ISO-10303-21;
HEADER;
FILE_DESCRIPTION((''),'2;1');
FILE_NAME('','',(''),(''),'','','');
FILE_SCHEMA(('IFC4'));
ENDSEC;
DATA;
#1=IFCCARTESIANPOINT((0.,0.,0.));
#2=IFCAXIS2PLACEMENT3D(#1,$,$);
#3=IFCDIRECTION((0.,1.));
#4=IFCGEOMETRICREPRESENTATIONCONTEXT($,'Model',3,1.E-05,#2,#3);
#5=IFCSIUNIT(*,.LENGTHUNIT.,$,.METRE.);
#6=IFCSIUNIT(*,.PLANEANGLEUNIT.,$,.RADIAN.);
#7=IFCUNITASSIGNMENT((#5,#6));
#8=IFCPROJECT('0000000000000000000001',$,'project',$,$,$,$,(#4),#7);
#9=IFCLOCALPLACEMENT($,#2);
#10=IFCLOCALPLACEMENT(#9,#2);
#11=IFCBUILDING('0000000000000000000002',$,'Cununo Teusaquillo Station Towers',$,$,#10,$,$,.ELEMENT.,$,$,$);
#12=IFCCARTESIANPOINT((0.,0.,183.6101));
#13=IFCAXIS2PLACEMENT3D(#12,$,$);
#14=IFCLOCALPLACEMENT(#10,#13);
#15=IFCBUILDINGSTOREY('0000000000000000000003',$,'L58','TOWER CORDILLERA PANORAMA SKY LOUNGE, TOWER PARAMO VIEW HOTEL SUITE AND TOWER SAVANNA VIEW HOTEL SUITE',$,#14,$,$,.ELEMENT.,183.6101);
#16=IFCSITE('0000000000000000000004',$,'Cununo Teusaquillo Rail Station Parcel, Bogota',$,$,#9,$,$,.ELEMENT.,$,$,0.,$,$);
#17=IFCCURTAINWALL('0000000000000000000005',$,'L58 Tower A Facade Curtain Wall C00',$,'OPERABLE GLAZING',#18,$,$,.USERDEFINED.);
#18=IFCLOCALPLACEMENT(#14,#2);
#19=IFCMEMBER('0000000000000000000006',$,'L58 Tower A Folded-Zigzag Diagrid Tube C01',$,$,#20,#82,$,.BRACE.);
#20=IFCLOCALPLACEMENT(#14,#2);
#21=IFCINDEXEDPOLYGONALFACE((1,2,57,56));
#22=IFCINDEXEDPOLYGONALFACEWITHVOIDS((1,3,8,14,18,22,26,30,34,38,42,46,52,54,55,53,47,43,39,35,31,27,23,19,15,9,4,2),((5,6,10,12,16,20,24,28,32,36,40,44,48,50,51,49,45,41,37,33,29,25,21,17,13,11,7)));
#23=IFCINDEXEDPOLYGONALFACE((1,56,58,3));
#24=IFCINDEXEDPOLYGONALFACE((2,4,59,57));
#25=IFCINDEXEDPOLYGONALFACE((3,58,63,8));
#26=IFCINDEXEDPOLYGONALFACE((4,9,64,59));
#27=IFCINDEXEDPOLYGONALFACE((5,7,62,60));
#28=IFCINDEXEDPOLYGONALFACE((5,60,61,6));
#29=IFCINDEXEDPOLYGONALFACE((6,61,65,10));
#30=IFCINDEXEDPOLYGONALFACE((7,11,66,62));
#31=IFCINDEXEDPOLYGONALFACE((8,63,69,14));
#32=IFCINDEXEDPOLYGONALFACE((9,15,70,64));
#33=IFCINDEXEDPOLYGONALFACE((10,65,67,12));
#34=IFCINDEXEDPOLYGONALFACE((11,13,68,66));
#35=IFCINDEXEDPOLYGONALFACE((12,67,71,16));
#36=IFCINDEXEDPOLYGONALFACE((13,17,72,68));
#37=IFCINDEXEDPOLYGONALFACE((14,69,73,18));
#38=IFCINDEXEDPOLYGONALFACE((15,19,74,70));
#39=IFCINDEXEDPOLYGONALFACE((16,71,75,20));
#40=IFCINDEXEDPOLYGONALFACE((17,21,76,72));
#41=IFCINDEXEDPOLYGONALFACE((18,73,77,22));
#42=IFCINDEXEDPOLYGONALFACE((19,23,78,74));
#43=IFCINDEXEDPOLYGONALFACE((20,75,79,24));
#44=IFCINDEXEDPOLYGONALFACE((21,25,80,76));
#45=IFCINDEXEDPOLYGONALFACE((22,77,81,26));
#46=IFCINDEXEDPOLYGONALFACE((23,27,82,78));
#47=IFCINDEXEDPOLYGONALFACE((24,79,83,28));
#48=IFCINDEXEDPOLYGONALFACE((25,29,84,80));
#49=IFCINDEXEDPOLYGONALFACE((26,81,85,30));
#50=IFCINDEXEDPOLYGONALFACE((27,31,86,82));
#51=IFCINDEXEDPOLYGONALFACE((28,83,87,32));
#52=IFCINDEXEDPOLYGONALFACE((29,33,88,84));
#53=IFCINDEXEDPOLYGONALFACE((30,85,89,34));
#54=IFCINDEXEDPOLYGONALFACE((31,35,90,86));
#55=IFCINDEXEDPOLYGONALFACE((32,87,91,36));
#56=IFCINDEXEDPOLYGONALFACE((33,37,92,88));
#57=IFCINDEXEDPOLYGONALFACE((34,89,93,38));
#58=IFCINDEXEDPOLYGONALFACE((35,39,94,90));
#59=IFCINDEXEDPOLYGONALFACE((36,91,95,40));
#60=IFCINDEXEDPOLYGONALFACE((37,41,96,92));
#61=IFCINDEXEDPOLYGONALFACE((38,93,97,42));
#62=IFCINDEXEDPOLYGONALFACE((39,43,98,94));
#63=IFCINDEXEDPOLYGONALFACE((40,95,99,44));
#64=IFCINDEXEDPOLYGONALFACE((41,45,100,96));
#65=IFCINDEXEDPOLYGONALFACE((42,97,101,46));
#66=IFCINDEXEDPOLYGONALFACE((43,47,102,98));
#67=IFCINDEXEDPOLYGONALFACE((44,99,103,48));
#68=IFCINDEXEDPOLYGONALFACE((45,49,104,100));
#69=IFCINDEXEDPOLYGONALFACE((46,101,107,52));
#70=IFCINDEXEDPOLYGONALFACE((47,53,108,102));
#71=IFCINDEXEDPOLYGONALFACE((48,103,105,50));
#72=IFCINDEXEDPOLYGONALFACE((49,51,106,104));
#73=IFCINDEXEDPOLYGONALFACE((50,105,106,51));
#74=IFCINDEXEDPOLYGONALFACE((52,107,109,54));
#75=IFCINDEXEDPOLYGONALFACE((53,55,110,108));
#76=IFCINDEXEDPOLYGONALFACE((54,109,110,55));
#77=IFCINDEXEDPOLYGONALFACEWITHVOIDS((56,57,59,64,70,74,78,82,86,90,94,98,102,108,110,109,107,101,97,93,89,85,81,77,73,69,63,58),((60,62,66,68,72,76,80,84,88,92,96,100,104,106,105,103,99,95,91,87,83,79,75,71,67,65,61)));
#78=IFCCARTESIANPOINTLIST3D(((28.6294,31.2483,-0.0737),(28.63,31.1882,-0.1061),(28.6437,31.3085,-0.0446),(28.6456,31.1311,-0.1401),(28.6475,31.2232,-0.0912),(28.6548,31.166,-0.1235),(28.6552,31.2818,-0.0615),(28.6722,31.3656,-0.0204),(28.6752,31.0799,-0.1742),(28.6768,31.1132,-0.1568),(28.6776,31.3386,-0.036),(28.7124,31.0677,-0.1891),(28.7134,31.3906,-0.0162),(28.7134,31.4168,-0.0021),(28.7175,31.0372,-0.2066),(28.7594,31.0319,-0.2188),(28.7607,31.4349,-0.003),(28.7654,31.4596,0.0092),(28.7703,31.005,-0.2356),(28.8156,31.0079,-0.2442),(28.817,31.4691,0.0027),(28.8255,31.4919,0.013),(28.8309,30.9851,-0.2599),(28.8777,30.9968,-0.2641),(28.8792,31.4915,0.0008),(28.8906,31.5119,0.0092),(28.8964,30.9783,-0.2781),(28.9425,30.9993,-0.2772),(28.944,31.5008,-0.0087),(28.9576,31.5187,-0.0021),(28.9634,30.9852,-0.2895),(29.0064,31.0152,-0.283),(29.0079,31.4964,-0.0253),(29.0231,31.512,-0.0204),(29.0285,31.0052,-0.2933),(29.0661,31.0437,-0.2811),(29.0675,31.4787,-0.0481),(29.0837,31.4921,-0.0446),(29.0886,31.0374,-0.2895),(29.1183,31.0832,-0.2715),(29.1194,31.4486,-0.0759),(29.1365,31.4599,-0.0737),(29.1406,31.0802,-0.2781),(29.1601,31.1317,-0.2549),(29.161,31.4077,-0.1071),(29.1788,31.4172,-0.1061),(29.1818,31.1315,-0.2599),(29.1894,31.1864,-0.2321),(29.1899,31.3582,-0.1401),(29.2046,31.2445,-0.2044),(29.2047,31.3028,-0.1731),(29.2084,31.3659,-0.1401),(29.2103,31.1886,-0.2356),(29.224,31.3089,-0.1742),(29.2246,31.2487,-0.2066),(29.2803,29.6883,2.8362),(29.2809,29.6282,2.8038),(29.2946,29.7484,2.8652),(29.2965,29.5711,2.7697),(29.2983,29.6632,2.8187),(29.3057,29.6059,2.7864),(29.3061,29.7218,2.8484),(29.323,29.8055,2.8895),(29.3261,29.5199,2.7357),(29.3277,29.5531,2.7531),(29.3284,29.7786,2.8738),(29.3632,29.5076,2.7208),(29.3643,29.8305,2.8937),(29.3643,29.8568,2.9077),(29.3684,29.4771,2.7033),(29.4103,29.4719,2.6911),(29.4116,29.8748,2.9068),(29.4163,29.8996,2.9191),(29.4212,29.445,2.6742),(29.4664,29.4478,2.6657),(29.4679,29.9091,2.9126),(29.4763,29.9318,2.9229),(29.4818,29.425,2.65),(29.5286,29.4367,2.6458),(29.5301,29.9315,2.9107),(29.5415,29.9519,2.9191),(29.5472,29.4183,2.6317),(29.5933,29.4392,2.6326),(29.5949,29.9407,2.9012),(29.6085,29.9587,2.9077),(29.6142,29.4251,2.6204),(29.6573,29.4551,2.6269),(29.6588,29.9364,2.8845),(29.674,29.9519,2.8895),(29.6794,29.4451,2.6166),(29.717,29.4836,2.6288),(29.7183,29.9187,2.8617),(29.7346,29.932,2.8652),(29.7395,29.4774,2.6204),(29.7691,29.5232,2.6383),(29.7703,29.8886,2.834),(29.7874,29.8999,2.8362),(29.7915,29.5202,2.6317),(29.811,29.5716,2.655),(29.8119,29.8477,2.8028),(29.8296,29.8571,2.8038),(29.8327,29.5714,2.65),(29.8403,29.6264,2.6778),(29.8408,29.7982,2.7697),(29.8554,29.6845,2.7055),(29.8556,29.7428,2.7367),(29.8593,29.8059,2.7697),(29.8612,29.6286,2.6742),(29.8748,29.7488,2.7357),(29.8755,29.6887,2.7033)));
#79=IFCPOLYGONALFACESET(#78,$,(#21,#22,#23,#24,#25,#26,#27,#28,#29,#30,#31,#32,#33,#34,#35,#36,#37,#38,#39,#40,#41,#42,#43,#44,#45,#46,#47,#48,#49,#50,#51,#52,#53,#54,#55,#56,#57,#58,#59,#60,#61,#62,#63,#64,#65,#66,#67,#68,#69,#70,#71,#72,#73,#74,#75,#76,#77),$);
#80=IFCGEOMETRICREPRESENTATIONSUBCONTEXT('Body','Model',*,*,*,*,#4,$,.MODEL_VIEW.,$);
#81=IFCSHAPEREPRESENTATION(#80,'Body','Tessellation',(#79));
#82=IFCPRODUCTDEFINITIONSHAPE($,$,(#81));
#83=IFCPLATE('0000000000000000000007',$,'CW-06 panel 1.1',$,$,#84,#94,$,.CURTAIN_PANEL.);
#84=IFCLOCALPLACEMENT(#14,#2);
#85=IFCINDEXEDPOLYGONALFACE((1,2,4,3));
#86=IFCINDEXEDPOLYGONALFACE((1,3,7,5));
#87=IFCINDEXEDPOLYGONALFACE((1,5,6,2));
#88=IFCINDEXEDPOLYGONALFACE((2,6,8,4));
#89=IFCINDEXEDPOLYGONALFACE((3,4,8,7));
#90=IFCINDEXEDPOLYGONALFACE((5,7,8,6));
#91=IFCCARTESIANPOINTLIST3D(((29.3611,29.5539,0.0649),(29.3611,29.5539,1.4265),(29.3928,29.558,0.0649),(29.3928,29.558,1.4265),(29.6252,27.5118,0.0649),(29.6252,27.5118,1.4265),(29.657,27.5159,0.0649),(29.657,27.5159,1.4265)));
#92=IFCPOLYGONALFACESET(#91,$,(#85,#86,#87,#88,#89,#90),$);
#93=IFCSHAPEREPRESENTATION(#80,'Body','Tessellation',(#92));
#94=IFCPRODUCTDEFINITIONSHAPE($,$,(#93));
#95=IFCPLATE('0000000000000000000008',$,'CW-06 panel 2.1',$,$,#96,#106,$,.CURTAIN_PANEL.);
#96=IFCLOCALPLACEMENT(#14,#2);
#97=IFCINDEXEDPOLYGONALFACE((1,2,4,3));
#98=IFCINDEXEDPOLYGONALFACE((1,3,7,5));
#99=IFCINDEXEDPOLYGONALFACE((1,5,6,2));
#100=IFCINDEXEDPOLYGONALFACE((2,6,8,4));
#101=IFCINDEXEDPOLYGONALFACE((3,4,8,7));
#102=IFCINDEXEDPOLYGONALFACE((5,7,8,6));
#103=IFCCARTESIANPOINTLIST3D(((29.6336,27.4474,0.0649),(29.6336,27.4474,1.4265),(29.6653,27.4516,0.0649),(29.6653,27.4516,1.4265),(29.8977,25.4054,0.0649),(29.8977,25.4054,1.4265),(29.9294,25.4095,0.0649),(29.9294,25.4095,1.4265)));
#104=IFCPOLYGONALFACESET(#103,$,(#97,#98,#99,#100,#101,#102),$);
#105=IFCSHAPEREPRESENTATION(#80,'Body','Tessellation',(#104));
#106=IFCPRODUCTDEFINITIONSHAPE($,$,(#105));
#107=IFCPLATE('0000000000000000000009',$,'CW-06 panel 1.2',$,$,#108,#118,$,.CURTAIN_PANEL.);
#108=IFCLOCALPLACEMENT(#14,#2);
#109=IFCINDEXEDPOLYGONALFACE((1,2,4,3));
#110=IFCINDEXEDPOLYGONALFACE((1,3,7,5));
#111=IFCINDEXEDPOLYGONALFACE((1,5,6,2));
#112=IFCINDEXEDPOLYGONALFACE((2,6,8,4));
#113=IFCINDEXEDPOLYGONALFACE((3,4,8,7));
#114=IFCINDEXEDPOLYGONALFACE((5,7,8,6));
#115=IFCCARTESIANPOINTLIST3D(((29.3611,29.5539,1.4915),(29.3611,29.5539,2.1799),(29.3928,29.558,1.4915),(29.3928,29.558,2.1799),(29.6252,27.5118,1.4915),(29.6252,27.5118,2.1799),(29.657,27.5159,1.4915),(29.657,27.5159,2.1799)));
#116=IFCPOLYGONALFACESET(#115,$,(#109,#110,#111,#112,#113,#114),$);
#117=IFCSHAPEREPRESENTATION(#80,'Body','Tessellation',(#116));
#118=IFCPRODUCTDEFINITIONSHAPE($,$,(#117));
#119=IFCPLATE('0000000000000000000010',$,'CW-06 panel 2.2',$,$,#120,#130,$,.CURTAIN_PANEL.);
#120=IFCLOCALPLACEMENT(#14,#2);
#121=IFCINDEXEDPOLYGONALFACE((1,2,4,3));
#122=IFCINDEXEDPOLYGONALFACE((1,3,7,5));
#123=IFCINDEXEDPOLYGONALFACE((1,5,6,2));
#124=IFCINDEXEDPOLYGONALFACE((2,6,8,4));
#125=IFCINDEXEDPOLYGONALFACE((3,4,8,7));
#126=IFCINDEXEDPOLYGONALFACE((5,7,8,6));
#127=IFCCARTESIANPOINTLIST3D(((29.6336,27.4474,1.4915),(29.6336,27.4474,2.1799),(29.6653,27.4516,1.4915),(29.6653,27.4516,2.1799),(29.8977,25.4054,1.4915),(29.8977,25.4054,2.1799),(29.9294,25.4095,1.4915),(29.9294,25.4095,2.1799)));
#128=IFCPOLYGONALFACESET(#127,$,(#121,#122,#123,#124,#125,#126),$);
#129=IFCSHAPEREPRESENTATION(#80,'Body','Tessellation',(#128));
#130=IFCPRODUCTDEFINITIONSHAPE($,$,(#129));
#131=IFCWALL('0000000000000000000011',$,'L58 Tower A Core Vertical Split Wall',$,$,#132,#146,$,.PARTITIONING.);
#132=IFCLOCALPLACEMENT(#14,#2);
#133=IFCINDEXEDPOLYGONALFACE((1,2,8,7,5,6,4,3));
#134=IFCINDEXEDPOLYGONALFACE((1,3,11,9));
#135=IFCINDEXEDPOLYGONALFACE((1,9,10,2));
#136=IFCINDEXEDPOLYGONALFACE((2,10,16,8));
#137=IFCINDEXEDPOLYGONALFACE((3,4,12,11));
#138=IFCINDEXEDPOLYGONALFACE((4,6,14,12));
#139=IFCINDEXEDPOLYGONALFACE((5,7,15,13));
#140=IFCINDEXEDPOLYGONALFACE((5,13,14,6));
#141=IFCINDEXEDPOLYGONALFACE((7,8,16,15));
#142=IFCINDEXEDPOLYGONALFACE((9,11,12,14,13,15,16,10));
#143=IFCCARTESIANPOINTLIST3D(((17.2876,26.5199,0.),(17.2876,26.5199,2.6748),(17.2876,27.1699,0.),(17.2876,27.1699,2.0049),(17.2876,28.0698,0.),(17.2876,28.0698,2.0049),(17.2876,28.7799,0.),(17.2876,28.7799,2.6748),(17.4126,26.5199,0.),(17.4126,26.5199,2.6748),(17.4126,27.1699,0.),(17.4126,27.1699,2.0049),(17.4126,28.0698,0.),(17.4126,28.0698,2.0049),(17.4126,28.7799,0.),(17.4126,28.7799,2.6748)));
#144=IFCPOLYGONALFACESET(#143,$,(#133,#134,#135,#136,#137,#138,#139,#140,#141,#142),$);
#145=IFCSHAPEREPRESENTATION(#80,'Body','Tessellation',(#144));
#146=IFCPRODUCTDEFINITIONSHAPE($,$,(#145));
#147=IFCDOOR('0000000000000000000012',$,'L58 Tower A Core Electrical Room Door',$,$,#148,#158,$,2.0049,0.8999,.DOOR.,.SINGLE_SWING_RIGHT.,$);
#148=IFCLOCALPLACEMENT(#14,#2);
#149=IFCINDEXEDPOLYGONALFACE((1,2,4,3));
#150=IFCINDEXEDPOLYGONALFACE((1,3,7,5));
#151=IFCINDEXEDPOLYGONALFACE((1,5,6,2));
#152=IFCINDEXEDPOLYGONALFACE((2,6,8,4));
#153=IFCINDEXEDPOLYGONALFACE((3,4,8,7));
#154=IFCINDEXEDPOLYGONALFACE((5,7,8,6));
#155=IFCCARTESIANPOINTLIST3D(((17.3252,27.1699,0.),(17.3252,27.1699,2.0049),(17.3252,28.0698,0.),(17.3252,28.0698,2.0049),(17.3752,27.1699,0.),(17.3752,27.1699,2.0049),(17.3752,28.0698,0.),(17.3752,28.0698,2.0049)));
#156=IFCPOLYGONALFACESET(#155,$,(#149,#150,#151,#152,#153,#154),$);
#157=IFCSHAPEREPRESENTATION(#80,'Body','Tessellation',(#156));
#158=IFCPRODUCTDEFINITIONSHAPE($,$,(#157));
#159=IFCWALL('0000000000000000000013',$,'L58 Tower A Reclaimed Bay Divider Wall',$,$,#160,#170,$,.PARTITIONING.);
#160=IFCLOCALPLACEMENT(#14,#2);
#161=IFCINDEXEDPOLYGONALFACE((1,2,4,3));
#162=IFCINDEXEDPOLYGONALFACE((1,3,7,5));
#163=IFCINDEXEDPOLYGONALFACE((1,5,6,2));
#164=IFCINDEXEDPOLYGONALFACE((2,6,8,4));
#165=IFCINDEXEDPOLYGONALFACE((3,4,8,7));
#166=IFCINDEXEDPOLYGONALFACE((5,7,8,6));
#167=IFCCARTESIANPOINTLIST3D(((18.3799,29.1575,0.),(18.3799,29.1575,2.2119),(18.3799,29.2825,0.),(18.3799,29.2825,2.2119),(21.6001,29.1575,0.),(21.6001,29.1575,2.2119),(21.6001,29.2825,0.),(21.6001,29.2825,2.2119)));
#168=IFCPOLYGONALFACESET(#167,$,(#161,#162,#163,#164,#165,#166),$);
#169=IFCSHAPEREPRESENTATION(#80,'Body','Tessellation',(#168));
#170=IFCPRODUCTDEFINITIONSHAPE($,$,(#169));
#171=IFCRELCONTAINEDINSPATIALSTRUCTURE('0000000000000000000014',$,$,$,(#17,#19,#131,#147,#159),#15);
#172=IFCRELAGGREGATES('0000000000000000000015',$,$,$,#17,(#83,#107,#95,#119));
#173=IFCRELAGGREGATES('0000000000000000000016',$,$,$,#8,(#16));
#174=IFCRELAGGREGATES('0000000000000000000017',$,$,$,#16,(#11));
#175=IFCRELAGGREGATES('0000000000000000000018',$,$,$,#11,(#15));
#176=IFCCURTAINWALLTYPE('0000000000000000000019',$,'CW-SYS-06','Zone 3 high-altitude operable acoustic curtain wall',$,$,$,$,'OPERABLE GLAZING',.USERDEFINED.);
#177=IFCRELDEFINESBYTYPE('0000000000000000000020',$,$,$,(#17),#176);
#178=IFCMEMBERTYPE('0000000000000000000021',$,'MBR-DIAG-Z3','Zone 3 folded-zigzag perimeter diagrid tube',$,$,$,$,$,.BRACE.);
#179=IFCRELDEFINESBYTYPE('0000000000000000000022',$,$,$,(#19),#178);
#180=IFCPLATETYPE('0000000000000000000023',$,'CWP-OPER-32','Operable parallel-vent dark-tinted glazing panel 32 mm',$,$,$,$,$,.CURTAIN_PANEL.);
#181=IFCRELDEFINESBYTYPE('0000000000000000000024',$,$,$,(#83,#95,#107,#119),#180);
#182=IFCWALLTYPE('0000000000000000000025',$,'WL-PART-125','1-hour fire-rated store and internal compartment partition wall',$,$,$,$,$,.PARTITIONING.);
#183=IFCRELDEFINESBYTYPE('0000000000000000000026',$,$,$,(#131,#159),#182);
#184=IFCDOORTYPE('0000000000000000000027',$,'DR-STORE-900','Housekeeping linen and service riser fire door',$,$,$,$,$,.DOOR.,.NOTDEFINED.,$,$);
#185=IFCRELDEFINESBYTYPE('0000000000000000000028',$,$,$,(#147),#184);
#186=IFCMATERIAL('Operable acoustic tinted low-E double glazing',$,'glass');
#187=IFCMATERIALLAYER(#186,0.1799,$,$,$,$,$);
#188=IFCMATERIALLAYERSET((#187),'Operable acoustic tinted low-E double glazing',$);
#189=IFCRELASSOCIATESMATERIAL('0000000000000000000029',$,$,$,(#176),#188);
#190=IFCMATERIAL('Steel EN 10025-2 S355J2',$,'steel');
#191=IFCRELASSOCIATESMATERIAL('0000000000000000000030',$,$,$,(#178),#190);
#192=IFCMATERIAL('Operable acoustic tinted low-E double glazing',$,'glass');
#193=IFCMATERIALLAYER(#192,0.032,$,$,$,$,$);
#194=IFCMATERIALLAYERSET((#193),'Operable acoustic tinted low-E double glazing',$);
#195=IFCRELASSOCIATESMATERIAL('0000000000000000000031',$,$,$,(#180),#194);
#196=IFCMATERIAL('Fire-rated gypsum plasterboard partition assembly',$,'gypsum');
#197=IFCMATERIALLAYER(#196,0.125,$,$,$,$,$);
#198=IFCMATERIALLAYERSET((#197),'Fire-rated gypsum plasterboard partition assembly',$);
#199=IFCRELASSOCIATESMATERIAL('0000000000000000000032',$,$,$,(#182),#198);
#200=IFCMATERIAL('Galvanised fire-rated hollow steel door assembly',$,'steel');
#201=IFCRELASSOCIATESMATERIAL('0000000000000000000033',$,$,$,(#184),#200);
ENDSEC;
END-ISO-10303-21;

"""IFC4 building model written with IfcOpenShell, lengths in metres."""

from ifc_helpers import new_model, si_unit, direction, frame, frame_2d, origin, origin_2d, place, context, subcontext, project, spatial, rectangle, hollow_circle, extrude, source, transform, mapped, material, layer, layer_set, material_profile, profile_set, type_object, element, fill, aggregate, save


model = new_model("IFC4")

# Units and contexts
model_context = context("Model", 3, precision=1e-05, world=origin(), true_north=direction((0.0, 1.0)))
body_context = subcontext(model_context, "Body", "Model", "MODEL_VIEW")
ifc_project = project(units=[si_unit("LENGTHUNIT", "METRE"), si_unit("PLANEANGLEUNIT", "RADIAN")], contexts=[model_context])

# Site, building, storey
site_placement = place(None, origin())
site = spatial("IfcSite", under=ifc_project, at=site_placement, Name="Cununo Teusaquillo Rail Station Parcel, Bogota", CompositionType="ELEMENT", RefElevation=0.0)
building_placement = place(site_placement, origin())
building = spatial("IfcBuilding", under=site, at=building_placement, Name="Cununo Teusaquillo Station Towers", CompositionType="ELEMENT")
storey_placement = place(building_placement, frame((0.0, 0.0, 183.6101)))
storey = spatial("IfcBuildingStorey", under=building, at=storey_placement, Name="L58", Description="TOWER CORDILLERA PANORAMA SKY LOUNGE, TOWER PARAMO VIEW HOTEL SUITE AND TOWER SAVANNA VIEW HOTEL SUITE", CompositionType="ELEMENT", Elevation=183.6101)

# Curtain wall
ifc_material_1 = material(Name="Operable acoustic tinted low-E double glazing", Category="glass")
ifc_layer_1 = layer(ifc_material_1, 0.1799)
ifc_layer_set_1 = layer_set([ifc_layer_1], Name="Operable acoustic tinted low-E double glazing")
curtain_wall_type = type_object("IfcCurtainWallType", Name="CW-SYS-06", Description="Zone 3 high-altitude operable acoustic curtain wall", ElementType="OPERABLE GLAZING", PredefinedType="USERDEFINED", material=ifc_layer_set_1)
curtain_wall_placement = place(storey_placement, origin())
curtain_wall = element("IfcCurtainWall", 1, at=curtain_wall_placement, inside=storey, type_object=curtain_wall_type, Name="L58 Tower A Facade Curtain Wall C00", ObjectType="OPERABLE GLAZING", PredefinedType="USERDEFINED")

# Member
ifc_material_2 = material(Name="Steel EN 10025-2 S355J2", Category="steel")
ifc_material_profile_1 = material_profile(ifc_material_2, hollow_circle(Radius=0.3049, WallThickness=0.02, at=origin_2d()), Name="CHS 610x20")
ifc_profile_set_1 = profile_set([ifc_material_profile_1], Name="Steel EN 10025-2 S355J2")
member_type_1 = type_object("IfcMemberType", Name="MBR-DIAG-Z3", Description="Zone 3 folded-zigzag perimeter diagrid tube", PredefinedType="BRACE", material=ifc_profile_set_1)
member_1_placement = place(storey_placement, frame((28.927, 31.2485, -0.1401), z_axis=(0.193411, -0.463577, 0.86469), x_axis=(0.922897, 0.385046, 0.0)))
element("IfcMember", 2, at=member_1_placement, inside=storey, type_object=member_type_1, Name="L58 Tower A Folded-Zigzag Diagrid Tube C01", PredefinedType="BRACE", context=body_context, shape_type="SweptSolid", body=[
    extrude(hollow_circle(Radius=0.3049, WallThickness=0.02, at=origin_2d()), origin(), (0.0, 0.0, 1.0), 3.3652),
])

# Plates
ifc_material_3 = material(Name="Operable acoustic tinted low-E double glazing", Category="glass")
ifc_layer_2 = layer(ifc_material_3, 0.032)
ifc_layer_set_2 = layer_set([ifc_layer_2], Name="Operable acoustic tinted low-E double glazing")
plate_type = type_object("IfcPlateType", Name="CWP-OPER-32", Description="Operable parallel-vent dark-tinted glazing panel 32 mm", PredefinedType="CURTAIN_PANEL", material=ifc_layer_set_2)
shared_shape_1 = source(origin(), body_context, "Body", "SweptSolid", [
    extrude(rectangle(XDim=2.0591, YDim=0.032, at=origin_2d()), origin(), (0.0, 0.0, 1.0), 1.3616),
])
plate_1_placement = place(storey_placement, frame((29.509, 28.5349, 0.0649), z_axis=(0.0, 0.0, 1.0), x_axis=(0.128285, -0.991737, 0.0)))
plate_1 = element("IfcPlate", 3, at=plate_1_placement, type_object=plate_type, Name="CW-06 panel 1.1", PredefinedType="CURTAIN_PANEL", context=body_context, shape_type="MappedRepresentation", body=[
    mapped(shared_shape_1, transform((0.0, 0.0, 0.0), x_axis=(1.0, 0.0, 0.0), y_axis=(0.0, 1.0, 0.0), z_axis=(0.0, 0.0, 1.0), scale=1.0)),
])
plate_2_placement = place(storey_placement, frame((29.7815, 26.4285, 0.0649), z_axis=(0.0, 0.0, 1.0), x_axis=(0.128285, -0.991737, 0.0)))
plate_2 = element("IfcPlate", 4, at=plate_2_placement, type_object=plate_type, Name="CW-06 panel 2.1", PredefinedType="CURTAIN_PANEL", context=body_context, shape_type="MappedRepresentation", body=[
    mapped(shared_shape_1, transform((0.0, 0.0, 0.0), x_axis=(1.0, 0.0, 0.0), y_axis=(0.0, 1.0, 0.0), z_axis=(0.0, 0.0, 1.0), scale=1.0)),
])
shared_shape_2 = source(origin(), body_context, "Body", "SweptSolid", [
    extrude(rectangle(XDim=2.0591, YDim=0.032, at=origin_2d()), origin(), (0.0, 0.0, 1.0), 0.6885),
])
plate_3_placement = place(storey_placement, frame((29.509, 28.5349, 1.4915), z_axis=(0.0, 0.0, 1.0), x_axis=(0.128285, -0.991737, 0.0)))
plate_3 = element("IfcPlate", 5, at=plate_3_placement, type_object=plate_type, Name="CW-06 panel 1.2", PredefinedType="CURTAIN_PANEL", context=body_context, shape_type="MappedRepresentation", body=[
    mapped(shared_shape_2, transform((0.0, 0.0, 0.0), x_axis=(1.0, 0.0, 0.0), y_axis=(0.0, 1.0, 0.0), z_axis=(0.0, 0.0, 1.0), scale=1.0)),
])
plate_4_placement = place(storey_placement, frame((29.7815, 26.4285, 1.4915), z_axis=(0.0, 0.0, 1.0), x_axis=(0.128285, -0.991737, 0.0)))
plate_4 = element("IfcPlate", 6, at=plate_4_placement, type_object=plate_type, Name="CW-06 panel 2.2", PredefinedType="CURTAIN_PANEL", context=body_context, shape_type="MappedRepresentation", body=[
    mapped(shared_shape_2, transform((0.0, 0.0, 0.0), x_axis=(1.0, 0.0, 0.0), y_axis=(0.0, 1.0, 0.0), z_axis=(0.0, 0.0, 1.0), scale=1.0)),
])
aggregate(curtain_wall, [plate_1, plate_3, plate_2, plate_4])

# Wall, opening, door
ifc_material_4 = material(Name="Fire-rated gypsum plasterboard partition assembly", Category="gypsum")
ifc_layer_3 = layer(ifc_material_4, 0.125)
ifc_layer_set_3 = layer_set([ifc_layer_3], Name="Fire-rated gypsum plasterboard partition assembly")
wall_type_1 = type_object("IfcWallType", Name="WL-PART-125", Description="1-hour fire-rated store and internal compartment partition wall", PredefinedType="PARTITIONING", material=ifc_layer_set_3)
wall_1_placement = place(storey_placement, frame((17.3501, 26.52, 0.0), z_axis=(0.0, 0.0, 1.0), x_axis=(0.0, 1.0, 0.0)))
wall_1 = element("IfcWall", 7, at=wall_1_placement, inside=storey, type_object=wall_type_1, Name="L58 Tower A Core Vertical Split Wall", PredefinedType="PARTITIONING", context=body_context, shape_type="SweptSolid", body=[
    extrude(rectangle(XDim=2.26, YDim=0.125, at=frame_2d((1.1299, 0.0))), origin(), (0.0, 0.0, 1.0), 2.6748),
])
shared_shape_3 = source(origin(), body_context, "Body", "SweptSolid", [
    extrude(rectangle(XDim=0.8999, YDim=2.0049, at=frame_2d((0.45, 1.0024))), frame((0.0, 0.0725, 0.0), z_axis=(0.0, -1.0, 0.0), x_axis=(1.0, 0.0, 0.0)), (0.0, 0.0, 1.0), 0.145),
])
opening_1_placement = place(wall_1_placement, frame((0.6499, 0.0, 0.0)))
opening_1 = element("IfcOpeningElement", 8, at=opening_1_placement, cuts=wall_1, PredefinedType="OPENING", context=body_context, shape_type="MappedRepresentation", body=[
    mapped(shared_shape_3, transform((0.0, 0.0, 0.0), x_axis=(1.0, 0.0, 0.0), y_axis=(0.0, 1.0, 0.0), z_axis=(0.0, 0.0, 1.0), scale=1.0)),
])
ifc_material_5 = material(Name="Galvanised fire-rated hollow steel door assembly", Category="steel")
door_type_1 = type_object("IfcDoorType", Name="DR-STORE-900", Description="Housekeeping linen and service riser fire door", OperationType="NOTDEFINED", PredefinedType="DOOR", material=ifc_material_5)
shared_shape_4 = source(origin(), body_context, "Body", "SweptSolid", [
    extrude(rectangle(XDim=0.8999, YDim=2.0049, at=frame_2d((0.45, 1.0024))), frame((0.0, 0.0249, 0.0), z_axis=(0.0, -1.0, 0.0), x_axis=(1.0, 0.0, 0.0)), (0.0, 0.0, 1.0), 0.05),
])
door_1_placement = place(opening_1_placement, origin())
door_1 = element("IfcDoor", 9, at=door_1_placement, inside=storey, type_object=door_type_1, Name="L58 Tower A Core Electrical Room Door", OperationType="SINGLE_SWING_RIGHT", OverallHeight=2.0049, OverallWidth=0.8999, PredefinedType="DOOR", context=body_context, shape_type="MappedRepresentation", body=[
    mapped(shared_shape_4, transform((0.0, 0.0, 0.0), x_axis=(1.0, 0.0, 0.0), y_axis=(0.0, 1.0, 0.0), z_axis=(0.0, 0.0, 1.0), scale=1.0)),
])
fill(opening_1, door_1)

# Wall
wall_2_placement = place(storey_placement, frame((18.3799, 29.22, 0.0), z_axis=(0.0, 0.0, 1.0), x_axis=(1.0, 0.0, 0.0)))
element("IfcWall", 10, at=wall_2_placement, inside=storey, type_object=wall_type_1, Name="L58 Tower A Reclaimed Bay Divider Wall", PredefinedType="PARTITIONING", context=body_context, shape_type="SweptSolid", body=[
    extrude(rectangle(XDim=3.2202, YDim=0.125, at=frame_2d((1.6101, 0.0))), origin(), (0.0, 0.0, 1.0), 2.2119),
])

save(model, "model.ifc")
